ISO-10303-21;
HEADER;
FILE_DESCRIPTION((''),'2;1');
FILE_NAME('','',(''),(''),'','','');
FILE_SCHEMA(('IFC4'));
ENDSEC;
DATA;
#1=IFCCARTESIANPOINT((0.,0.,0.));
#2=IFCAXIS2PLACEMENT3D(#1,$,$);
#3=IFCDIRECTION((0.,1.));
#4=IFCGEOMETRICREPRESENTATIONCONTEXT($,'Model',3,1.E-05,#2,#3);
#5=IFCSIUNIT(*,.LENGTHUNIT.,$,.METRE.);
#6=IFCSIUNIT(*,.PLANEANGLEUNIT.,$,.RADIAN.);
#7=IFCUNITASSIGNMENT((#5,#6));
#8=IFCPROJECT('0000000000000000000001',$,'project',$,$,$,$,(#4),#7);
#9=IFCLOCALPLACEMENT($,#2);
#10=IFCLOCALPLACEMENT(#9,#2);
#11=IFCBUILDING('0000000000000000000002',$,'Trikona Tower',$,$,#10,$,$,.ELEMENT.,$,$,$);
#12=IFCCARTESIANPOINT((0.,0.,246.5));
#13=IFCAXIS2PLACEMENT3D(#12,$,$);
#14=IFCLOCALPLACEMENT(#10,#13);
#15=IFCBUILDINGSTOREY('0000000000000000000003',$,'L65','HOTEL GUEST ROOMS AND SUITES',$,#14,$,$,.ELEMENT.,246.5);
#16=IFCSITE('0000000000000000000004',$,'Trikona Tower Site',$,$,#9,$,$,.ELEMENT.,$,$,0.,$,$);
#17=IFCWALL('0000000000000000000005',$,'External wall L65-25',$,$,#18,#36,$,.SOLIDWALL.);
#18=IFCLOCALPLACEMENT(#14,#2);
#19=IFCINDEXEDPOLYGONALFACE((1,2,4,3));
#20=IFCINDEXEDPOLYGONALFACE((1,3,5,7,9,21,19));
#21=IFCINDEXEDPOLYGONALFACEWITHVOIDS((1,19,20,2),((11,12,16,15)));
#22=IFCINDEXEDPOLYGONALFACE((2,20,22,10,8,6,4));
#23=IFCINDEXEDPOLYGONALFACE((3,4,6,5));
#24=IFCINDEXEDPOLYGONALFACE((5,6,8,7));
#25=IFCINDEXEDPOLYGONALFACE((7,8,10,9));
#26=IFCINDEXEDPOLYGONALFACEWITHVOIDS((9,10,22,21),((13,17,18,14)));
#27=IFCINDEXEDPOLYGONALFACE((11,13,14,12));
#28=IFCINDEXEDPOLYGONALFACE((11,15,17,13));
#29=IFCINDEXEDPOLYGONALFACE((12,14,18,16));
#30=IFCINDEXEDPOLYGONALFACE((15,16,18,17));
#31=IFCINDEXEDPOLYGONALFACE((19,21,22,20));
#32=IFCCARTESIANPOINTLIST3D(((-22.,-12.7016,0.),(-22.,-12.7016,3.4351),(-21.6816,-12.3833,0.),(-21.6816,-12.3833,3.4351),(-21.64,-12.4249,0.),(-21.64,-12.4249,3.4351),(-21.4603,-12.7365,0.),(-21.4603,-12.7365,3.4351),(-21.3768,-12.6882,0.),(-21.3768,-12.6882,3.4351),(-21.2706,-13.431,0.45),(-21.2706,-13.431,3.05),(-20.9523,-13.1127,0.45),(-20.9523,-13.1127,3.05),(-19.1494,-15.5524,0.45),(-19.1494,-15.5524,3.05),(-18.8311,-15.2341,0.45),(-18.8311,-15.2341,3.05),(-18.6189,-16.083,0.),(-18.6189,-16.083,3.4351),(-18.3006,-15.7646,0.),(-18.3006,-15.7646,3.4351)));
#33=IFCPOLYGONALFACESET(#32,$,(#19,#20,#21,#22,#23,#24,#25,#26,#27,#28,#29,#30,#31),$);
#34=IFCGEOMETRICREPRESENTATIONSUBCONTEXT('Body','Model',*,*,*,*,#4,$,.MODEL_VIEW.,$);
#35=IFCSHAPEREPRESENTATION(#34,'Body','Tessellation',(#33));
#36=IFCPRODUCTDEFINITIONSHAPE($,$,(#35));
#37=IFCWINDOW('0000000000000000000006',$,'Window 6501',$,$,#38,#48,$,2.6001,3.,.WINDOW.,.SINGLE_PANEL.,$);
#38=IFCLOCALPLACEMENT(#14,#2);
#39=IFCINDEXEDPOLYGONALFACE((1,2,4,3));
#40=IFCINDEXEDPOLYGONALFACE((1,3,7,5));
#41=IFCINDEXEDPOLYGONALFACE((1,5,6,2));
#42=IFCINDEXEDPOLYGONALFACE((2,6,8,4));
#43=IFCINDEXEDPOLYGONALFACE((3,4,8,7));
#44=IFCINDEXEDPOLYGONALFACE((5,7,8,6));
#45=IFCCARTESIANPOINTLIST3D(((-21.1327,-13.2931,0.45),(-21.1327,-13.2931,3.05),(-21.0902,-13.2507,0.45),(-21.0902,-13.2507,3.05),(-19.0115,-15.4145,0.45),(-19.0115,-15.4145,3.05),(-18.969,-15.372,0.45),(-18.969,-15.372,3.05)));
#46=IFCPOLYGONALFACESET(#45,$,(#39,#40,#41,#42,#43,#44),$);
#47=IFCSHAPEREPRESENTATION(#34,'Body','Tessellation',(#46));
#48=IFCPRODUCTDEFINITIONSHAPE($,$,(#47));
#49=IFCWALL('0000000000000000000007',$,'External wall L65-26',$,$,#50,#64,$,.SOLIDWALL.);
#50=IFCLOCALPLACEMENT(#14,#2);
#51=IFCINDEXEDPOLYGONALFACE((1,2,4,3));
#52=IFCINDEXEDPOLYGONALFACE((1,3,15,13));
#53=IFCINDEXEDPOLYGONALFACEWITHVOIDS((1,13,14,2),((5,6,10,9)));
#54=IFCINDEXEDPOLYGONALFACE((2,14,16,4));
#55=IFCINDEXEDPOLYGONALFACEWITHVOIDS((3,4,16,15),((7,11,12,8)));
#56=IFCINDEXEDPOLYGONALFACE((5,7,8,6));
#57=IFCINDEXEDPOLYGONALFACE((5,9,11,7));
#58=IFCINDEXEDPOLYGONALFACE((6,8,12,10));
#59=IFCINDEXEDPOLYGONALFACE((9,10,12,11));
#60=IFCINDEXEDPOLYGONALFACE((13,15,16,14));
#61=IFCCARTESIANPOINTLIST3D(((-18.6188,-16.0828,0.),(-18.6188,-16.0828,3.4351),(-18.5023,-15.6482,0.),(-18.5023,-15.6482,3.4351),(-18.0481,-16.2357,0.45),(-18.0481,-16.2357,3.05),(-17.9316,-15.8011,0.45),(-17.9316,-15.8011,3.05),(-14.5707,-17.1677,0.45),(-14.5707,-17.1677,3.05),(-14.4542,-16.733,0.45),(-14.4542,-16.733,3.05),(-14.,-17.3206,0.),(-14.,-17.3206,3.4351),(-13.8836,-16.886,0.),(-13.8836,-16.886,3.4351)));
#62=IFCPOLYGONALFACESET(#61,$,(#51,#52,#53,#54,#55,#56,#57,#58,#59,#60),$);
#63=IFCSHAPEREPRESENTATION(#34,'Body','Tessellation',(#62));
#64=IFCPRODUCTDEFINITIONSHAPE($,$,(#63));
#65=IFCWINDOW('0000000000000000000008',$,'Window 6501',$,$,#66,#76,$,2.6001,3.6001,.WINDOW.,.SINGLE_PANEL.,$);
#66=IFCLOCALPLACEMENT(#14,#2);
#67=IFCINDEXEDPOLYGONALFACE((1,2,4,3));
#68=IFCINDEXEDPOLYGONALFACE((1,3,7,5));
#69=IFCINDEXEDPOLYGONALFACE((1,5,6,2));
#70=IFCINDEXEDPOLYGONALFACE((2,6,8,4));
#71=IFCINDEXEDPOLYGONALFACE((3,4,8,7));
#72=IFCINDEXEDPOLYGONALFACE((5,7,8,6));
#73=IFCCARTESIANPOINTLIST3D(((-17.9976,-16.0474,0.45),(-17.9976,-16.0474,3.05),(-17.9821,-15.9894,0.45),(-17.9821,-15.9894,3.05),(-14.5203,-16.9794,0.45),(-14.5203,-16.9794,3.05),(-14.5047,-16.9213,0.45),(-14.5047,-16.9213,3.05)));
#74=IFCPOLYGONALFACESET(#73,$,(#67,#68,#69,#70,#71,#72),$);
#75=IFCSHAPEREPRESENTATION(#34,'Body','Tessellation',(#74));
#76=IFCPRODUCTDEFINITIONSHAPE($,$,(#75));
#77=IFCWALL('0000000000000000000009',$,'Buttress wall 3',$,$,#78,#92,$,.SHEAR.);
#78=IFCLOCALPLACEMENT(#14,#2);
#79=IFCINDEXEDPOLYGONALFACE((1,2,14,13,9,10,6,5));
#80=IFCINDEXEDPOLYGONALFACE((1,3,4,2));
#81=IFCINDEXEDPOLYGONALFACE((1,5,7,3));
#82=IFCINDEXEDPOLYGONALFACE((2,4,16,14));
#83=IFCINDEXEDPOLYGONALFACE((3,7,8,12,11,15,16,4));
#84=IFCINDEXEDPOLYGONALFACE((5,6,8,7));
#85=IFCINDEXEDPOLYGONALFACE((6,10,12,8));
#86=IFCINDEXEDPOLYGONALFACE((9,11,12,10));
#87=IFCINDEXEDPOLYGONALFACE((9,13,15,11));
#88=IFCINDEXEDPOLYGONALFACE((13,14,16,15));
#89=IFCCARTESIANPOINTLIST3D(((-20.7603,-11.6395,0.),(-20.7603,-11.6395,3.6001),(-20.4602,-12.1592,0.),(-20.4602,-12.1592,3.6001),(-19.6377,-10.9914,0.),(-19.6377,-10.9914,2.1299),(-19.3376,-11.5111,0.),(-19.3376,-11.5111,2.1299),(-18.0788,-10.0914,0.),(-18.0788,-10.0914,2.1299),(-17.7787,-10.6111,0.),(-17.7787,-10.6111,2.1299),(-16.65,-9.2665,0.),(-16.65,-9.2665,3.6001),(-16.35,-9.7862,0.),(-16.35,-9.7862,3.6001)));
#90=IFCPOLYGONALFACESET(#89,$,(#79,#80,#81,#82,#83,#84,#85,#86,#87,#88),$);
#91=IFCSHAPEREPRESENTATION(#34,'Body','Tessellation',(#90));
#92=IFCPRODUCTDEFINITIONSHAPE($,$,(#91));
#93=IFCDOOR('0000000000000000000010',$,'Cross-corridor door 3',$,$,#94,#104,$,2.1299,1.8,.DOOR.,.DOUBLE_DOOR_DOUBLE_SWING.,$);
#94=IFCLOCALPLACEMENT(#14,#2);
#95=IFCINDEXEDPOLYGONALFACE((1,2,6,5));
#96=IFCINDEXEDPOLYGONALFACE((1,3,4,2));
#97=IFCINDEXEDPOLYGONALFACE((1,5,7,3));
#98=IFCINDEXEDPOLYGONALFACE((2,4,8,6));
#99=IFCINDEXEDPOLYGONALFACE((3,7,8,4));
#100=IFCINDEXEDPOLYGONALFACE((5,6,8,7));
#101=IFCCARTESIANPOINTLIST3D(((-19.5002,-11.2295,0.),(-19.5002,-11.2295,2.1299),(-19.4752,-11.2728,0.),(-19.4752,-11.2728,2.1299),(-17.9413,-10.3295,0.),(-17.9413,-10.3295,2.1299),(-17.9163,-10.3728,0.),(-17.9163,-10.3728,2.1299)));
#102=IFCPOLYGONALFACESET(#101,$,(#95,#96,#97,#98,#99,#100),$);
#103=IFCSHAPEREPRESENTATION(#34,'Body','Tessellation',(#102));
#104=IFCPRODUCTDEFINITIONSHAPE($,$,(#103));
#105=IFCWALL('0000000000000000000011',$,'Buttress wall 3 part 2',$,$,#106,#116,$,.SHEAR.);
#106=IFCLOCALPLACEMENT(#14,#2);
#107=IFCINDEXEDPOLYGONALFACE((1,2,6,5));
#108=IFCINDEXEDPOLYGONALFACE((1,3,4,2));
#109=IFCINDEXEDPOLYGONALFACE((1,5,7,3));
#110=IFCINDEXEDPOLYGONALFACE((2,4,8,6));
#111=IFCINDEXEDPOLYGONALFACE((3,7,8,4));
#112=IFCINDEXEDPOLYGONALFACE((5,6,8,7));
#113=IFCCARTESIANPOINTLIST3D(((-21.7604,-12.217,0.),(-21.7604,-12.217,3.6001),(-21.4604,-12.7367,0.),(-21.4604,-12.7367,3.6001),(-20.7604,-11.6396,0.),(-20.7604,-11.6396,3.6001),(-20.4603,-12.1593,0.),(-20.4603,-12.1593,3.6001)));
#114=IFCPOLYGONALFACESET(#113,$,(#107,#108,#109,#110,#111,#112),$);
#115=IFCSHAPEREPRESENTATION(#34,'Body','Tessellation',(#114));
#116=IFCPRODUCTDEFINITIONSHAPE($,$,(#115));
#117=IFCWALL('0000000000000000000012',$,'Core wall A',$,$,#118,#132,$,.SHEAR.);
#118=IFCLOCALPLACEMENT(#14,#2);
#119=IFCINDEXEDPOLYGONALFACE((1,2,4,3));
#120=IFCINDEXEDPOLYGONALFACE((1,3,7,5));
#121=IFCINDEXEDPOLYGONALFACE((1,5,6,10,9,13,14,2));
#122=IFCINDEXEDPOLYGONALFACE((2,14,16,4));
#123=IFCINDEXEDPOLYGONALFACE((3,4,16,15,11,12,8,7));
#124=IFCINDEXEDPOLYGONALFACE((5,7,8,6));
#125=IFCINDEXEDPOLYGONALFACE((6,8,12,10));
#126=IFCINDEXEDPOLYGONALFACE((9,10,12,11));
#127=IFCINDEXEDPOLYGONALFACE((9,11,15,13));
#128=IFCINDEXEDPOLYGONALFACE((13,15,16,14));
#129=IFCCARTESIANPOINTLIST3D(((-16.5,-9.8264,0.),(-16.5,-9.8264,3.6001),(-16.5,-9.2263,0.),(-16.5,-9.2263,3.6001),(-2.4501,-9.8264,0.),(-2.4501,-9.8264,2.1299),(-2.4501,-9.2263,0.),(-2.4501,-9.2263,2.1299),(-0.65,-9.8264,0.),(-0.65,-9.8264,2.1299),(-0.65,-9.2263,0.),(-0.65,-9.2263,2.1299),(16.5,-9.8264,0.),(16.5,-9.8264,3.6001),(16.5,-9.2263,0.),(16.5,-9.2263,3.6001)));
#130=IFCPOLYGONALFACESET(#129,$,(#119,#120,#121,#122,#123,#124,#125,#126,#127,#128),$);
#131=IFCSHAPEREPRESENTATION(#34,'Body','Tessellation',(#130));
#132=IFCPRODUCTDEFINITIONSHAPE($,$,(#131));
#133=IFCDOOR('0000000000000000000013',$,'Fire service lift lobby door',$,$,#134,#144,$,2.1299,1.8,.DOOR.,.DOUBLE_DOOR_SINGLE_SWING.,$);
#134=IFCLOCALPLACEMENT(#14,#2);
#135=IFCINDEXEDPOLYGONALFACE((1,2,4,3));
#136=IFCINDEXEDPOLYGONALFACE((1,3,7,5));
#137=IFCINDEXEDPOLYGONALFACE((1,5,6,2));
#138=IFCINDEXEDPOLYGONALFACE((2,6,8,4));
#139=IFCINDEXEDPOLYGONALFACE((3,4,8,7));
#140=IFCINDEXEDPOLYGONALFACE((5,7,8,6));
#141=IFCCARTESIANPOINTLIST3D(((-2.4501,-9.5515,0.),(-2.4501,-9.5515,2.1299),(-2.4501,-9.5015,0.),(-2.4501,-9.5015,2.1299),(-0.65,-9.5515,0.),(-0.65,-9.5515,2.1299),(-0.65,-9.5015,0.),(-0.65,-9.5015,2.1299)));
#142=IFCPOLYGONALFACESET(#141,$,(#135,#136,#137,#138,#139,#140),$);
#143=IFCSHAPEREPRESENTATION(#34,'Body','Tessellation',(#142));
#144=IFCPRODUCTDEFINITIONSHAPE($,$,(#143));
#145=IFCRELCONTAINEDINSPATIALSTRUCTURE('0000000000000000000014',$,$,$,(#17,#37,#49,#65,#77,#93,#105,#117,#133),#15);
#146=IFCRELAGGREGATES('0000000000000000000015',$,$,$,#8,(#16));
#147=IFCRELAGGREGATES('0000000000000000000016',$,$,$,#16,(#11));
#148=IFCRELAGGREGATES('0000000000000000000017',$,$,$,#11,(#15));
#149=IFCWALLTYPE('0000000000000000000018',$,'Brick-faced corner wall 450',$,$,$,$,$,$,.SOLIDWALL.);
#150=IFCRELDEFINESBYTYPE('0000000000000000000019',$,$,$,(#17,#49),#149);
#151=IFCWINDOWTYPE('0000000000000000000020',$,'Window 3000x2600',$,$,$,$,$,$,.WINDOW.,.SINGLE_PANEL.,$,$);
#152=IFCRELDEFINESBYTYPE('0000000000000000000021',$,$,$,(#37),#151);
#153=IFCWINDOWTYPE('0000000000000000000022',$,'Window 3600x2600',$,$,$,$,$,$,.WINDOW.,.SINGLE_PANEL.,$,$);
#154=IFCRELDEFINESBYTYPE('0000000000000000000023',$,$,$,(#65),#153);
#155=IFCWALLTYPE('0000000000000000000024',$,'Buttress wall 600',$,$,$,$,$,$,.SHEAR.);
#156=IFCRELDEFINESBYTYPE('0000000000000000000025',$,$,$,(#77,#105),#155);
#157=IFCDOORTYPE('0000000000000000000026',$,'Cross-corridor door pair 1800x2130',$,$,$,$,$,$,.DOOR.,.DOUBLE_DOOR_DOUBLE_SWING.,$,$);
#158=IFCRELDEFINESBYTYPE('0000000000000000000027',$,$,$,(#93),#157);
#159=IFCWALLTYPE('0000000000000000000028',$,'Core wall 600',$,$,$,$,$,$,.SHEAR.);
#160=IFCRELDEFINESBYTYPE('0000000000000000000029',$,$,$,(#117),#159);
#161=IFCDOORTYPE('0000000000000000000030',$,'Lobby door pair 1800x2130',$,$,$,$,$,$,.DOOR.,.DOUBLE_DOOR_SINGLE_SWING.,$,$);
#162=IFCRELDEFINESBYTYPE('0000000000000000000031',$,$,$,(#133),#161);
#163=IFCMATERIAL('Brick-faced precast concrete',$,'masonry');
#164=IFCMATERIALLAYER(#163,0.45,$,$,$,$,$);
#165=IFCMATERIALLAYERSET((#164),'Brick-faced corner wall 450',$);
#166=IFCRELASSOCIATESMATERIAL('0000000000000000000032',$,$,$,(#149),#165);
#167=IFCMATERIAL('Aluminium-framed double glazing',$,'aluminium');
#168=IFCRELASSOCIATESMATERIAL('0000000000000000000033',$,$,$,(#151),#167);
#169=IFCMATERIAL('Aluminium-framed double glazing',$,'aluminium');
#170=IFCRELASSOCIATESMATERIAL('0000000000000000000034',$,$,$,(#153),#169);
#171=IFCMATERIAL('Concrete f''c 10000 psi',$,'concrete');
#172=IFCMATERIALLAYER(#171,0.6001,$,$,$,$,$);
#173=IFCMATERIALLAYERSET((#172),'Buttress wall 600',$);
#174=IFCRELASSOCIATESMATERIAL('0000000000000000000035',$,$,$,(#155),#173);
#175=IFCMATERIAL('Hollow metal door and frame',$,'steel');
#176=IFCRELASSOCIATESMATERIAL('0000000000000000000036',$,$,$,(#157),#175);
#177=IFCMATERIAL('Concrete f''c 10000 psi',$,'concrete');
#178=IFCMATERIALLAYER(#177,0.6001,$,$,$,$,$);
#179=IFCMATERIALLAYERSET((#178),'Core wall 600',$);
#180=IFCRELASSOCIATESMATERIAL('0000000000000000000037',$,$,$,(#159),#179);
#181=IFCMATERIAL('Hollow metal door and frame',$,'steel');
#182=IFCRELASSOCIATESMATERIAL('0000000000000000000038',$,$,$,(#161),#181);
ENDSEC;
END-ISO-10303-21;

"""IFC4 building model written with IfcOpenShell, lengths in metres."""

from ifc_helpers import new_model, si_unit, direction, frame, frame_2d, origin, place, context, subcontext, project, spatial, polyline, rectangle, outline, extrude, material, layer, layer_set, type_object, element, fill, save


model = new_model("IFC4")

# Units and contexts
model_context = context("Model", 3, precision=1e-05, world=origin(), true_north=direction((0.0, 1.0)))
body_context = subcontext(model_context, "Body", "Model", "MODEL_VIEW")
ifc_project = project(units=[si_unit("LENGTHUNIT", "METRE"), si_unit("PLANEANGLEUNIT", "RADIAN")], contexts=[model_context])

# Site, building, storey
site_placement = place(None, origin())
site = spatial("IfcSite", under=ifc_project, at=site_placement, Name="Trikona Tower Site", CompositionType="ELEMENT", RefElevation=0.0)
building_placement = place(site_placement, origin())
building = spatial("IfcBuilding", under=site, at=building_placement, Name="Trikona Tower", CompositionType="ELEMENT")
storey_placement = place(building_placement, frame((0.0, 0.0, 246.5)))
storey = spatial("IfcBuildingStorey", under=building, at=storey_placement, Name="L65", Description="HOTEL GUEST ROOMS AND SUITES", CompositionType="ELEMENT", Elevation=246.5)

# Walls, openings, windows
ifc_material_1 = material(Name="Brick-faced precast concrete", Category="masonry")
ifc_layer_1 = layer(ifc_material_1, 0.45)
ifc_layer_set_1 = layer_set([ifc_layer_1], Name="Brick-faced corner wall 450")
wall_type_1 = type_object("IfcWallType", Name="Brick-faced corner wall 450", PredefinedType="SOLIDWALL", material=ifc_layer_set_1)
wall_1_placement = place(storey_placement, frame((-21.8408, -12.5425, 0.0), z_axis=(0.0, 0.0, 1.0), x_axis=(0.707081, -0.707132, 0.0)))
wall_1 = element("IfcWall", 1, at=wall_1_placement, inside=storey, type_object=wall_type_1, Name="External wall L65-25", PredefinedType="SOLIDWALL", context=body_context, shape_type="SweptSolid", body=[
    extrude(outline(polyline([(4.7817, 0.2251), (0.4312, 0.2251), (0.4062, 0.1318), (0.0588, 0.2251), (0.0, 0.2251), (0.0, -0.2251), (4.7817, -0.2251), (4.7817, 0.2251)])), origin(), (0.0, 0.0, 1.0), 3.4351),
])
opening_1_placement = place(wall_1_placement, frame((1.0315, 0.0, 0.45)))
opening_1 = element("IfcOpeningElement", 2, at=opening_1_placement, cuts=wall_1, PredefinedType="OPENING", context=body_context, shape_type="SweptSolid", body=[
    extrude(rectangle(XDim=3.0, YDim=2.6001, at=frame_2d((1.5, 1.3))), frame((0.0, 0.2349, 0.0), z_axis=(0.0, -1.0, 0.0), x_axis=(1.0, 0.0, 0.0)), (0.0, 0.0, 1.0), 0.47),
])
ifc_material_2 = material(Name="Aluminium-framed double glazing", Category="aluminium")
window_type_1 = type_object("IfcWindowType", Name="Window 3000x2600", PartitioningType="SINGLE_PANEL", PredefinedType="WINDOW", material=ifc_material_2)
window_1_placement = place(opening_1_placement, origin())
window_1 = element("IfcWindow", 3, at=window_1_placement, inside=storey, type_object=window_type_1, Name="Window 6501", OverallHeight=2.6001, OverallWidth=3.0, PartitioningType="SINGLE_PANEL", PredefinedType="WINDOW", context=body_context, shape_type="SweptSolid", body=[
    extrude(rectangle(XDim=3.0, YDim=2.6001, at=frame_2d((1.5, 1.3))), frame((0.0, 0.03, 0.0), z_axis=(0.0, -1.0, 0.0), x_axis=(1.0, 0.0, 0.0)), (0.0, 0.0, 1.0), 0.0601),
])
fill(opening_1, window_1)
wall_2_placement = place(storey_placement, frame((-18.5605, -15.8655, 0.0), z_axis=(0.0, 0.0, 1.0), x_axis=(0.965914, -0.258864, 0.0)))
wall_2 = element("IfcWall", 4, at=wall_2_placement, inside=storey, type_object=wall_type_1, Name="External wall L65-26", PredefinedType="SOLIDWALL", context=body_context, shape_type="SweptSolid", body=[
    extrude(rectangle(XDim=4.7817, YDim=0.45, at=frame_2d((2.3909, 0.0))), origin(), (0.0, 0.0, 1.0), 3.4351),
])
opening_2_placement = place(wall_2_placement, frame((0.5908, 0.0, 0.45)))
opening_2 = element("IfcOpeningElement", 5, at=opening_2_placement, cuts=wall_2, PredefinedType="OPENING", context=body_context, shape_type="SweptSolid", body=[
    extrude(rectangle(XDim=3.6001, YDim=2.6001, at=frame_2d((1.8, 1.3))), frame((0.0, 0.2349, 0.0), z_axis=(0.0, -1.0, 0.0), x_axis=(1.0, 0.0, 0.0)), (0.0, 0.0, 1.0), 0.47),
])
ifc_material_3 = material(Name="Aluminium-framed double glazing", Category="aluminium")
window_type_2 = type_object("IfcWindowType", Name="Window 3600x2600", PartitioningType="SINGLE_PANEL", PredefinedType="WINDOW", material=ifc_material_3)
window_2_placement = place(opening_2_placement, origin())
window_2 = element("IfcWindow", 6, at=window_2_placement, inside=storey, type_object=window_type_2, Name="Window 6501", OverallHeight=2.6001, OverallWidth=3.6001, PartitioningType="SINGLE_PANEL", PredefinedType="WINDOW", context=body_context, shape_type="SweptSolid", body=[
    extrude(rectangle(XDim=3.6001, YDim=2.6001, at=frame_2d((1.8, 1.3))), frame((0.0, 0.03, 0.0), z_axis=(0.0, -1.0, 0.0), x_axis=(1.0, 0.0, 0.0)), (0.0, 0.0, 1.0), 0.0601),
])
fill(opening_2, window_2)

# Wall, opening, door
ifc_material_4 = material(Name="Concrete f'c 10000 psi", Category="concrete")
ifc_layer_2 = layer(ifc_material_4, 0.6001)
ifc_layer_set_2 = layer_set([ifc_layer_2], Name="Buttress wall 600")
wall_type_2 = type_object("IfcWallType", Name="Buttress wall 600", PredefinedType="SHEAR", material=ifc_layer_set_2)
wall_3_placement = place(storey_placement, frame((-16.5, -9.5264, 0.0), z_axis=(0.0, 0.0, 1.0), x_axis=(-0.866031, -0.49999, 0.0)))
wall_3 = element("IfcWall", 7, at=wall_3_placement, inside=storey, type_object=wall_type_2, Name="Buttress wall 3", PredefinedType="SHEAR", context=body_context, shape_type="SweptSolid", body=[
    extrude(rectangle(XDim=4.7461, YDim=0.6001, at=frame_2d((2.373, 0.0))), origin(), (0.0, 0.0, 1.0), 3.6001),
])
opening_3_placement = place(wall_3_placement, frame((1.6499, 0.0, 0.0)))
opening_3 = element("IfcOpeningElement", 8, at=opening_3_placement, cuts=wall_3, PredefinedType="OPENING", context=body_context, shape_type="SweptSolid", body=[
    extrude(rectangle(XDim=1.8, YDim=2.1299, at=frame_2d((0.8999, 1.0649))), frame((0.0, 0.3101, 0.0), z_axis=(0.0, -1.0, 0.0), x_axis=(1.0, 0.0, 0.0)), (0.0, 0.0, 1.0), 0.6201),
])
ifc_material_5 = material(Name="Hollow metal door and frame", Category="steel")
door_type_1 = type_object("IfcDoorType", Name="Cross-corridor door pair 1800x2130", OperationType="DOUBLE_DOOR_DOUBLE_SWING", PredefinedType="DOOR", material=ifc_material_5)
door_1_placement = place(opening_3_placement, origin())
door_1 = element("IfcDoor", 9, at=door_1_placement, inside=storey, type_object=door_type_1, Name="Cross-corridor door 3", OperationType="DOUBLE_DOOR_DOUBLE_SWING", OverallHeight=2.1299, OverallWidth=1.8, PredefinedType="DOOR", context=body_context, shape_type="SweptSolid", body=[
    extrude(rectangle(XDim=1.8, YDim=2.1299, at=frame_2d((0.8999, 1.0649))), frame((0.0, 0.0249, 0.0), z_axis=(0.0, -1.0, 0.0), x_axis=(1.0, 0.0, 0.0)), (0.0, 0.0, 1.0), 0.05),
])
fill(opening_3, door_1)

# Wall
wall_4_placement = place(storey_placement, frame((-20.6104, -11.8994, 0.0), z_axis=(0.0, 0.0, 1.0), x_axis=(-0.86601, -0.500027, 0.0)))
element("IfcWall", 10, at=wall_4_placement, inside=storey, type_object=wall_type_2, Name="Buttress wall 3 part 2", PredefinedType="SHEAR", context=body_context, shape_type="SweptSolid", body=[
    extrude(rectangle(XDim=1.1548, YDim=0.6001, at=frame_2d((0.5774, 0.0))), origin(), (0.0, 0.0, 1.0), 3.6001),
])

# Wall, opening, door
ifc_material_6 = material(Name="Concrete f'c 10000 psi", Category="concrete")
ifc_layer_3 = layer(ifc_material_6, 0.6001)
ifc_layer_set_3 = layer_set([ifc_layer_3], Name="Core wall 600")
wall_type_3 = type_object("IfcWallType", Name="Core wall 600", PredefinedType="SHEAR", material=ifc_layer_set_3)
wall_5_placement = place(storey_placement, frame((-16.5, -9.5264, 0.0), z_axis=(0.0, 0.0, 1.0), x_axis=(1.0, 0.0, 0.0)))
wall_5 = element("IfcWall", 11, at=wall_5_placement, inside=storey, type_object=wall_type_3, Name="Core wall A", PredefinedType="SHEAR", context=body_context, shape_type="SweptSolid", body=[
    extrude(rectangle(XDim=33.0, YDim=0.6001, at=frame_2d((16.5, 0.0))), origin(), (0.0, 0.0, 1.0), 3.6001),
])
opening_4_placement = place(wall_5_placement, frame((14.05, 0.0, 0.0)))
opening_4 = element("IfcOpeningElement", 12, at=opening_4_placement, cuts=wall_5, PredefinedType="OPENING", context=body_context, shape_type="SweptSolid", body=[
    extrude(rectangle(XDim=1.8, YDim=2.1299, at=frame_2d((0.8999, 1.0649))), frame((0.0, 0.3101, 0.0), z_axis=(0.0, -1.0, 0.0), x_axis=(1.0, 0.0, 0.0)), (0.0, 0.0, 1.0), 0.6201),
])
ifc_material_7 = material(Name="Hollow metal door and frame", Category="steel")
door_type_2 = type_object("IfcDoorType", Name="Lobby door pair 1800x2130", OperationType="DOUBLE_DOOR_SINGLE_SWING", PredefinedType="DOOR", material=ifc_material_7)
door_2_placement = place(opening_4_placement, origin())
door_2 = element("IfcDoor", 13, at=door_2_placement, inside=storey, type_object=door_type_2, Name="Fire service lift lobby door", OperationType="DOUBLE_DOOR_SINGLE_SWING", OverallHeight=2.1299, OverallWidth=1.8, PredefinedType="DOOR", context=body_context, shape_type="SweptSolid", body=[
    extrude(rectangle(XDim=1.8, YDim=2.1299, at=frame_2d((0.8999, 1.0649))), frame((0.0, 0.0249, 0.0), z_axis=(0.0, -1.0, 0.0), x_axis=(1.0, 0.0, 0.0)), (0.0, 0.0, 1.0), 0.05),
])
fill(opening_4, door_2)

save(model, "model.ifc")
